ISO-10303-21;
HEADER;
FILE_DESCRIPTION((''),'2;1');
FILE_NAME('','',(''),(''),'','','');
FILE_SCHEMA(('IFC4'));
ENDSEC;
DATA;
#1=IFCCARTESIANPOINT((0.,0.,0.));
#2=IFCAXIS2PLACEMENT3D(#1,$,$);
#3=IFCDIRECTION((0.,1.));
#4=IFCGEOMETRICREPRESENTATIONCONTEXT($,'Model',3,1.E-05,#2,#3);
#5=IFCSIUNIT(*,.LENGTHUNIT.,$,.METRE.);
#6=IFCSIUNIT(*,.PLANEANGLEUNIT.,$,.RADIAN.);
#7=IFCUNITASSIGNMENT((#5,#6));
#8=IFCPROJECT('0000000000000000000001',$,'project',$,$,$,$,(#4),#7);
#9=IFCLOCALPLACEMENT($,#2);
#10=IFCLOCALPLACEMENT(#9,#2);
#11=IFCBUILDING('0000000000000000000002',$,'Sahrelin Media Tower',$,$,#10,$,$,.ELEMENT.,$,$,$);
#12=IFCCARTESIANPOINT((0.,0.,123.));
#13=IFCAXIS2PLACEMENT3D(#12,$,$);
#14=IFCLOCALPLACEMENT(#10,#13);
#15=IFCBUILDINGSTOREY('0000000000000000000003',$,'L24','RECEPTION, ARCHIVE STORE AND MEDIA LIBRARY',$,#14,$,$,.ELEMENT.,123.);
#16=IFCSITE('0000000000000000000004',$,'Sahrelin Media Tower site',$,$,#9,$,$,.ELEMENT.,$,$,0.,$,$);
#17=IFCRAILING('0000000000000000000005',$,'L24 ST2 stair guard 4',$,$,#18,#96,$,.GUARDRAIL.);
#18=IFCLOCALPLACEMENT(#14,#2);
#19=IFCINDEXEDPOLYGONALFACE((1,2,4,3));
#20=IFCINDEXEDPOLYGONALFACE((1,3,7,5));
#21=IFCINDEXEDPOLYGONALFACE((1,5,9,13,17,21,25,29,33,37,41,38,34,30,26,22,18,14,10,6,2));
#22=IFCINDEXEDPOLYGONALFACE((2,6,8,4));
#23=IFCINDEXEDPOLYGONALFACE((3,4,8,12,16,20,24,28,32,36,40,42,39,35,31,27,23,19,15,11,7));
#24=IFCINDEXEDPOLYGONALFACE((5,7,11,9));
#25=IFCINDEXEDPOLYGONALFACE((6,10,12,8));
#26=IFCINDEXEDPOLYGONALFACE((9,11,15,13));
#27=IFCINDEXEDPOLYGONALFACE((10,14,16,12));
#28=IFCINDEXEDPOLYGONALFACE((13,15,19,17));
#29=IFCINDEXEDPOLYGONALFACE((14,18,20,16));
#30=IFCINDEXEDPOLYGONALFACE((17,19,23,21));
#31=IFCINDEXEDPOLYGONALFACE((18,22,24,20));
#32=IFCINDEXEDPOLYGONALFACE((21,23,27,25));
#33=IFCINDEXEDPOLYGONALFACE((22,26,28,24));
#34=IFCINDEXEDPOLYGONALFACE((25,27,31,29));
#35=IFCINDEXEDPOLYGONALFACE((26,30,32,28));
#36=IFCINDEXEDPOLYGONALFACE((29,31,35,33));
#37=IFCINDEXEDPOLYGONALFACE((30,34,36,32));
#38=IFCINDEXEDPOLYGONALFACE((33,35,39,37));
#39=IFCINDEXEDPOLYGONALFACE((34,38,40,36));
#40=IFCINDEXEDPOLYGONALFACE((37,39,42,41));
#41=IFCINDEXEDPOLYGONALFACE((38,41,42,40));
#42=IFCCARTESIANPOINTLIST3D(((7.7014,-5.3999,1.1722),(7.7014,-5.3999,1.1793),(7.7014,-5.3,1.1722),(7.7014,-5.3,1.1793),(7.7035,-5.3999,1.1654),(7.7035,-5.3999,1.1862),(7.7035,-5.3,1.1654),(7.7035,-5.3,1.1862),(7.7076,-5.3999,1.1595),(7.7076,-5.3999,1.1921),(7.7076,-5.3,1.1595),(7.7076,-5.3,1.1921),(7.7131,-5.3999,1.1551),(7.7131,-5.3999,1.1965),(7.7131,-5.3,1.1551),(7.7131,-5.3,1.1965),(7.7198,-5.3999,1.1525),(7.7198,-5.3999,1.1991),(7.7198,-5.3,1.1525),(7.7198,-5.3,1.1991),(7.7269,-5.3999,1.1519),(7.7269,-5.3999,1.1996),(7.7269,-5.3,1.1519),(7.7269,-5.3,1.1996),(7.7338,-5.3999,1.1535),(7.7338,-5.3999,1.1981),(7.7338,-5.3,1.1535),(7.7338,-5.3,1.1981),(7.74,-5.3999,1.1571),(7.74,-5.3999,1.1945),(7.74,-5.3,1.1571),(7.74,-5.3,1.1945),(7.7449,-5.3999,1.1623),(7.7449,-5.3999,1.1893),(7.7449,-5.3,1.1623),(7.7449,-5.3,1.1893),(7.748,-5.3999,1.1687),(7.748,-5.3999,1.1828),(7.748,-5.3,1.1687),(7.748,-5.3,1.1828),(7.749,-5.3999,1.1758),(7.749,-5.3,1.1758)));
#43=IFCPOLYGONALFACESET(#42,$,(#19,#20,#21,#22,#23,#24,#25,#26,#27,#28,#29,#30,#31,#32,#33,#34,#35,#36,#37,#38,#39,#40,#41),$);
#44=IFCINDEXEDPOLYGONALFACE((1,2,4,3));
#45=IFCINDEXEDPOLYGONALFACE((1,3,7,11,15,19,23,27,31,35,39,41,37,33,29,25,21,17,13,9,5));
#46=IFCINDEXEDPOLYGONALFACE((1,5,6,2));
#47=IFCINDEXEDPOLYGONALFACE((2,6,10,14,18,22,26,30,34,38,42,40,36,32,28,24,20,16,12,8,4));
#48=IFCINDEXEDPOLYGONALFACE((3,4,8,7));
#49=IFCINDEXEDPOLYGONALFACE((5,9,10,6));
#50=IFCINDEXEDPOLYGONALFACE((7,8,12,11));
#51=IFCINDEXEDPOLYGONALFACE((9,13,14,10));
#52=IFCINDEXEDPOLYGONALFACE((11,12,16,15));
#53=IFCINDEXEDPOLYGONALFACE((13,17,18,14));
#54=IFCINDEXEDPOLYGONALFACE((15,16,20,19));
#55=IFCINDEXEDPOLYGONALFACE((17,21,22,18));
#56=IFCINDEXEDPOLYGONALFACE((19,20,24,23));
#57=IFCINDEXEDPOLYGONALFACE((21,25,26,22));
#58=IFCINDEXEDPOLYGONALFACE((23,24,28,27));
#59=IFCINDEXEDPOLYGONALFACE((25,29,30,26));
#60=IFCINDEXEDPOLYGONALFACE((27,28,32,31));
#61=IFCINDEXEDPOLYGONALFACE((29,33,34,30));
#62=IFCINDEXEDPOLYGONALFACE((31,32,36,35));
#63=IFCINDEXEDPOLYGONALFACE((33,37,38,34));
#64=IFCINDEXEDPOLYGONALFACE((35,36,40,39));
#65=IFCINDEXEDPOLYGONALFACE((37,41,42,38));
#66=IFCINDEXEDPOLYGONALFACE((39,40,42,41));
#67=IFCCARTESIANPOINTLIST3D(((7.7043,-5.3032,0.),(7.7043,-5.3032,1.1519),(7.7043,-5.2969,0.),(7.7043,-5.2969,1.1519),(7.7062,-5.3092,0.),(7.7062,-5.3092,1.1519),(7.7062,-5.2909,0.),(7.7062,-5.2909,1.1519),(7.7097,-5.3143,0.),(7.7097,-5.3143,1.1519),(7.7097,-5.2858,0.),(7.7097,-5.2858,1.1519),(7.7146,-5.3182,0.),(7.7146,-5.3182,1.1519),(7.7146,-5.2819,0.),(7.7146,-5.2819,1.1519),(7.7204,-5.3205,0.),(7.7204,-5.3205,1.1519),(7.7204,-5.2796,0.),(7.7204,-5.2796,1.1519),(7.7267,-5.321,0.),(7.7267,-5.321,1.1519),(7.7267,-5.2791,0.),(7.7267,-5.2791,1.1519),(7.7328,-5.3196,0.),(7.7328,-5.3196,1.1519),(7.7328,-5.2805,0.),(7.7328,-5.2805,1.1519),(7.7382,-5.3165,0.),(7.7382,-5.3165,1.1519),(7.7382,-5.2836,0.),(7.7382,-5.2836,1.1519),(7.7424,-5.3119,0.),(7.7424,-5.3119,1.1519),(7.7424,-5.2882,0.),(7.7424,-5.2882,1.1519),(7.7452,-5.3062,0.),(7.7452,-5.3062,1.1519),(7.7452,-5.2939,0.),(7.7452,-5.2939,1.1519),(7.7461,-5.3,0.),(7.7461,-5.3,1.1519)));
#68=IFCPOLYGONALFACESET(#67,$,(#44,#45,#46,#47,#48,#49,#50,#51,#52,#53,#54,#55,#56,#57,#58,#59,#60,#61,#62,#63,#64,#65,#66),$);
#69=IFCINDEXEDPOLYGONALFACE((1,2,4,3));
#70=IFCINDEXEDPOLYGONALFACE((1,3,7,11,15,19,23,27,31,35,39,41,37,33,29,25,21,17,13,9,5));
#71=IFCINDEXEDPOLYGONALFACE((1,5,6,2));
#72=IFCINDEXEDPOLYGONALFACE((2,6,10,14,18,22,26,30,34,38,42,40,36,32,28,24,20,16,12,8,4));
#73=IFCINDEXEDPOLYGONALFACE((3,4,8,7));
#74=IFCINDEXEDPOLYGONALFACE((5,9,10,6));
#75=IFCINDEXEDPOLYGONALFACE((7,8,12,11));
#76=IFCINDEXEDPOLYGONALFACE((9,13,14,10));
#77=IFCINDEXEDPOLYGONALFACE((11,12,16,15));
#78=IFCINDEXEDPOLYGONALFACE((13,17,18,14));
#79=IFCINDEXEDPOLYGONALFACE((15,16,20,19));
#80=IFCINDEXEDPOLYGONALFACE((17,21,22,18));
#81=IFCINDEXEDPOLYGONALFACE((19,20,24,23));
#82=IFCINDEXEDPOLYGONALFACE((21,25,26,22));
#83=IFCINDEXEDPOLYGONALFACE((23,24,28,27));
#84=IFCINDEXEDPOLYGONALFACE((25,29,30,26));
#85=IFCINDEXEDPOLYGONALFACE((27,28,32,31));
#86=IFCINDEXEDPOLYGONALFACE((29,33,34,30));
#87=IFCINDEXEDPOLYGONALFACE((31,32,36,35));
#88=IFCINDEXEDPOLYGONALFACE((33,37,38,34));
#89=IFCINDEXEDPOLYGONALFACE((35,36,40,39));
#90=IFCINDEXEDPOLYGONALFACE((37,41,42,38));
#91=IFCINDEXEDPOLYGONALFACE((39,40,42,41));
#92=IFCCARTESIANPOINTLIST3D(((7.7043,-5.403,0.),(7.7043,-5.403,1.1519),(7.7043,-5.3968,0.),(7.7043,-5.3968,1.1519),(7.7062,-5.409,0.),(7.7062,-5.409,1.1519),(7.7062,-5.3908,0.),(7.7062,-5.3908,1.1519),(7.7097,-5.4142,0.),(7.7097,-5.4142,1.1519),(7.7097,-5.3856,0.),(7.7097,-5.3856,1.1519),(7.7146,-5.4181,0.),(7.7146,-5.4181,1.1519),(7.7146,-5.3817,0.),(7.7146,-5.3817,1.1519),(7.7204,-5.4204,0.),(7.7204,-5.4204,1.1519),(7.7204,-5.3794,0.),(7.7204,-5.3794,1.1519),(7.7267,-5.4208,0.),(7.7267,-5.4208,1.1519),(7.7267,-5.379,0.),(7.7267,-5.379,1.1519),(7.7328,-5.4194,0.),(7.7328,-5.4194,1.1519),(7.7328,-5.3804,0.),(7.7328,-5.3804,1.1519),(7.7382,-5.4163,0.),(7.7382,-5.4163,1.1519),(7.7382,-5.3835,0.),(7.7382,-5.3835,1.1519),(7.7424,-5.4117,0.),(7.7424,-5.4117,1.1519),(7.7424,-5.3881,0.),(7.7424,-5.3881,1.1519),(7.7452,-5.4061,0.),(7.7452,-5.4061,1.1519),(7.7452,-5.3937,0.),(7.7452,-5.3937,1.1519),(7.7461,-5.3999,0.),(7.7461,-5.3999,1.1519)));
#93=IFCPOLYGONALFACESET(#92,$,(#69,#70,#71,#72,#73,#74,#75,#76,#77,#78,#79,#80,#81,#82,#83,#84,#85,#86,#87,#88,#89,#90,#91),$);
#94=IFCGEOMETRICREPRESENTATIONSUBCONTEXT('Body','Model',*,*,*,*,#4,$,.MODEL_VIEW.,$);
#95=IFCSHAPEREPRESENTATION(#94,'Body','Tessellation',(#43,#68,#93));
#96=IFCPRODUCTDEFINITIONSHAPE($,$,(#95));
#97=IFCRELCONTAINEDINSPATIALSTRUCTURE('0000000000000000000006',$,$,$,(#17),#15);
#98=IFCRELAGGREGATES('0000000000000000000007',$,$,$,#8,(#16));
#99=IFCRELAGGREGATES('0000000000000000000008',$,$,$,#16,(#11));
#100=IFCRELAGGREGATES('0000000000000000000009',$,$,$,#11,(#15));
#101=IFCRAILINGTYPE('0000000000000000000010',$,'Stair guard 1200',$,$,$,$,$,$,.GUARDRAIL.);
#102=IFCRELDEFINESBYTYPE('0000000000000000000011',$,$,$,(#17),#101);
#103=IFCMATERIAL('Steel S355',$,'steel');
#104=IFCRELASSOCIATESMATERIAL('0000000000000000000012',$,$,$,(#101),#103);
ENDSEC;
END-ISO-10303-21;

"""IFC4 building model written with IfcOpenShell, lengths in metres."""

from ifc_helpers import new_model, si_unit, direction, frame, origin, origin_2d, place, context, subcontext, project, spatial, circle, extrude, material, type_object, element, save


model = new_model("IFC4")

# Units and contexts
model_context = context("Model", 3, precision=1e-05, world=origin(), true_north=direction((0.0, 1.0)))
body_context = subcontext(model_context, "Body", "Model", "MODEL_VIEW")
ifc_project = project(units=[si_unit("LENGTHUNIT", "METRE"), si_unit("PLANEANGLEUNIT", "RADIAN")], contexts=[model_context])

# Site, building, storey
site_placement = place(None, origin())
site = spatial("IfcSite", under=ifc_project, at=site_placement, Name="Sahrelin Media Tower site", CompositionType="ELEMENT", RefElevation=0.0)
building_placement = place(site_placement, origin())
building = spatial("IfcBuilding", under=site, at=building_placement, Name="Sahrelin Media Tower", CompositionType="ELEMENT")
storey_placement = place(building_placement, frame((0.0, 0.0, 123.0)))
storey = spatial("IfcBuildingStorey", under=building, at=storey_placement, Name="L24", Description="RECEPTION, ARCHIVE STORE AND MEDIA LIBRARY", CompositionType="ELEMENT", Elevation=123.0)

# Shared definitions
ifc_material_1 = material(Name="Steel S355", Category="steel")

# Railing
railing_type_1 = type_object("IfcRailingType", Name="Stair guard 1200", PredefinedType="GUARDRAIL", material=ifc_material_1)
railing_1_placement = place(storey_placement, frame((7.7251, -5.3, 0.0)))
element("IfcRailing", 1, at=railing_1_placement, inside=storey, type_object=railing_type_1, Name="L24 ST2 stair guard 4", PredefinedType="GUARDRAIL", context=body_context, shape_type="SweptSolid", body=[
    extrude(circle(Radius=0.0239, at=origin_2d()), frame((0.0, 0.0, 1.1758), z_axis=(0.0, -1.0, 0.0), x_axis=(1.0, 0.0, 0.0)), (0.0, 0.0, 1.0), 0.0999),
    extrude(circle(Radius=0.021, at=origin_2d()), origin(), (0.0, 0.0, 1.0), 1.1519),
    extrude(circle(Radius=0.021, at=origin_2d()), frame((0.0, -0.0999, 0.0)), (0.0, 0.0, 1.0), 1.1519),
])

save(model, "model.ifc")
